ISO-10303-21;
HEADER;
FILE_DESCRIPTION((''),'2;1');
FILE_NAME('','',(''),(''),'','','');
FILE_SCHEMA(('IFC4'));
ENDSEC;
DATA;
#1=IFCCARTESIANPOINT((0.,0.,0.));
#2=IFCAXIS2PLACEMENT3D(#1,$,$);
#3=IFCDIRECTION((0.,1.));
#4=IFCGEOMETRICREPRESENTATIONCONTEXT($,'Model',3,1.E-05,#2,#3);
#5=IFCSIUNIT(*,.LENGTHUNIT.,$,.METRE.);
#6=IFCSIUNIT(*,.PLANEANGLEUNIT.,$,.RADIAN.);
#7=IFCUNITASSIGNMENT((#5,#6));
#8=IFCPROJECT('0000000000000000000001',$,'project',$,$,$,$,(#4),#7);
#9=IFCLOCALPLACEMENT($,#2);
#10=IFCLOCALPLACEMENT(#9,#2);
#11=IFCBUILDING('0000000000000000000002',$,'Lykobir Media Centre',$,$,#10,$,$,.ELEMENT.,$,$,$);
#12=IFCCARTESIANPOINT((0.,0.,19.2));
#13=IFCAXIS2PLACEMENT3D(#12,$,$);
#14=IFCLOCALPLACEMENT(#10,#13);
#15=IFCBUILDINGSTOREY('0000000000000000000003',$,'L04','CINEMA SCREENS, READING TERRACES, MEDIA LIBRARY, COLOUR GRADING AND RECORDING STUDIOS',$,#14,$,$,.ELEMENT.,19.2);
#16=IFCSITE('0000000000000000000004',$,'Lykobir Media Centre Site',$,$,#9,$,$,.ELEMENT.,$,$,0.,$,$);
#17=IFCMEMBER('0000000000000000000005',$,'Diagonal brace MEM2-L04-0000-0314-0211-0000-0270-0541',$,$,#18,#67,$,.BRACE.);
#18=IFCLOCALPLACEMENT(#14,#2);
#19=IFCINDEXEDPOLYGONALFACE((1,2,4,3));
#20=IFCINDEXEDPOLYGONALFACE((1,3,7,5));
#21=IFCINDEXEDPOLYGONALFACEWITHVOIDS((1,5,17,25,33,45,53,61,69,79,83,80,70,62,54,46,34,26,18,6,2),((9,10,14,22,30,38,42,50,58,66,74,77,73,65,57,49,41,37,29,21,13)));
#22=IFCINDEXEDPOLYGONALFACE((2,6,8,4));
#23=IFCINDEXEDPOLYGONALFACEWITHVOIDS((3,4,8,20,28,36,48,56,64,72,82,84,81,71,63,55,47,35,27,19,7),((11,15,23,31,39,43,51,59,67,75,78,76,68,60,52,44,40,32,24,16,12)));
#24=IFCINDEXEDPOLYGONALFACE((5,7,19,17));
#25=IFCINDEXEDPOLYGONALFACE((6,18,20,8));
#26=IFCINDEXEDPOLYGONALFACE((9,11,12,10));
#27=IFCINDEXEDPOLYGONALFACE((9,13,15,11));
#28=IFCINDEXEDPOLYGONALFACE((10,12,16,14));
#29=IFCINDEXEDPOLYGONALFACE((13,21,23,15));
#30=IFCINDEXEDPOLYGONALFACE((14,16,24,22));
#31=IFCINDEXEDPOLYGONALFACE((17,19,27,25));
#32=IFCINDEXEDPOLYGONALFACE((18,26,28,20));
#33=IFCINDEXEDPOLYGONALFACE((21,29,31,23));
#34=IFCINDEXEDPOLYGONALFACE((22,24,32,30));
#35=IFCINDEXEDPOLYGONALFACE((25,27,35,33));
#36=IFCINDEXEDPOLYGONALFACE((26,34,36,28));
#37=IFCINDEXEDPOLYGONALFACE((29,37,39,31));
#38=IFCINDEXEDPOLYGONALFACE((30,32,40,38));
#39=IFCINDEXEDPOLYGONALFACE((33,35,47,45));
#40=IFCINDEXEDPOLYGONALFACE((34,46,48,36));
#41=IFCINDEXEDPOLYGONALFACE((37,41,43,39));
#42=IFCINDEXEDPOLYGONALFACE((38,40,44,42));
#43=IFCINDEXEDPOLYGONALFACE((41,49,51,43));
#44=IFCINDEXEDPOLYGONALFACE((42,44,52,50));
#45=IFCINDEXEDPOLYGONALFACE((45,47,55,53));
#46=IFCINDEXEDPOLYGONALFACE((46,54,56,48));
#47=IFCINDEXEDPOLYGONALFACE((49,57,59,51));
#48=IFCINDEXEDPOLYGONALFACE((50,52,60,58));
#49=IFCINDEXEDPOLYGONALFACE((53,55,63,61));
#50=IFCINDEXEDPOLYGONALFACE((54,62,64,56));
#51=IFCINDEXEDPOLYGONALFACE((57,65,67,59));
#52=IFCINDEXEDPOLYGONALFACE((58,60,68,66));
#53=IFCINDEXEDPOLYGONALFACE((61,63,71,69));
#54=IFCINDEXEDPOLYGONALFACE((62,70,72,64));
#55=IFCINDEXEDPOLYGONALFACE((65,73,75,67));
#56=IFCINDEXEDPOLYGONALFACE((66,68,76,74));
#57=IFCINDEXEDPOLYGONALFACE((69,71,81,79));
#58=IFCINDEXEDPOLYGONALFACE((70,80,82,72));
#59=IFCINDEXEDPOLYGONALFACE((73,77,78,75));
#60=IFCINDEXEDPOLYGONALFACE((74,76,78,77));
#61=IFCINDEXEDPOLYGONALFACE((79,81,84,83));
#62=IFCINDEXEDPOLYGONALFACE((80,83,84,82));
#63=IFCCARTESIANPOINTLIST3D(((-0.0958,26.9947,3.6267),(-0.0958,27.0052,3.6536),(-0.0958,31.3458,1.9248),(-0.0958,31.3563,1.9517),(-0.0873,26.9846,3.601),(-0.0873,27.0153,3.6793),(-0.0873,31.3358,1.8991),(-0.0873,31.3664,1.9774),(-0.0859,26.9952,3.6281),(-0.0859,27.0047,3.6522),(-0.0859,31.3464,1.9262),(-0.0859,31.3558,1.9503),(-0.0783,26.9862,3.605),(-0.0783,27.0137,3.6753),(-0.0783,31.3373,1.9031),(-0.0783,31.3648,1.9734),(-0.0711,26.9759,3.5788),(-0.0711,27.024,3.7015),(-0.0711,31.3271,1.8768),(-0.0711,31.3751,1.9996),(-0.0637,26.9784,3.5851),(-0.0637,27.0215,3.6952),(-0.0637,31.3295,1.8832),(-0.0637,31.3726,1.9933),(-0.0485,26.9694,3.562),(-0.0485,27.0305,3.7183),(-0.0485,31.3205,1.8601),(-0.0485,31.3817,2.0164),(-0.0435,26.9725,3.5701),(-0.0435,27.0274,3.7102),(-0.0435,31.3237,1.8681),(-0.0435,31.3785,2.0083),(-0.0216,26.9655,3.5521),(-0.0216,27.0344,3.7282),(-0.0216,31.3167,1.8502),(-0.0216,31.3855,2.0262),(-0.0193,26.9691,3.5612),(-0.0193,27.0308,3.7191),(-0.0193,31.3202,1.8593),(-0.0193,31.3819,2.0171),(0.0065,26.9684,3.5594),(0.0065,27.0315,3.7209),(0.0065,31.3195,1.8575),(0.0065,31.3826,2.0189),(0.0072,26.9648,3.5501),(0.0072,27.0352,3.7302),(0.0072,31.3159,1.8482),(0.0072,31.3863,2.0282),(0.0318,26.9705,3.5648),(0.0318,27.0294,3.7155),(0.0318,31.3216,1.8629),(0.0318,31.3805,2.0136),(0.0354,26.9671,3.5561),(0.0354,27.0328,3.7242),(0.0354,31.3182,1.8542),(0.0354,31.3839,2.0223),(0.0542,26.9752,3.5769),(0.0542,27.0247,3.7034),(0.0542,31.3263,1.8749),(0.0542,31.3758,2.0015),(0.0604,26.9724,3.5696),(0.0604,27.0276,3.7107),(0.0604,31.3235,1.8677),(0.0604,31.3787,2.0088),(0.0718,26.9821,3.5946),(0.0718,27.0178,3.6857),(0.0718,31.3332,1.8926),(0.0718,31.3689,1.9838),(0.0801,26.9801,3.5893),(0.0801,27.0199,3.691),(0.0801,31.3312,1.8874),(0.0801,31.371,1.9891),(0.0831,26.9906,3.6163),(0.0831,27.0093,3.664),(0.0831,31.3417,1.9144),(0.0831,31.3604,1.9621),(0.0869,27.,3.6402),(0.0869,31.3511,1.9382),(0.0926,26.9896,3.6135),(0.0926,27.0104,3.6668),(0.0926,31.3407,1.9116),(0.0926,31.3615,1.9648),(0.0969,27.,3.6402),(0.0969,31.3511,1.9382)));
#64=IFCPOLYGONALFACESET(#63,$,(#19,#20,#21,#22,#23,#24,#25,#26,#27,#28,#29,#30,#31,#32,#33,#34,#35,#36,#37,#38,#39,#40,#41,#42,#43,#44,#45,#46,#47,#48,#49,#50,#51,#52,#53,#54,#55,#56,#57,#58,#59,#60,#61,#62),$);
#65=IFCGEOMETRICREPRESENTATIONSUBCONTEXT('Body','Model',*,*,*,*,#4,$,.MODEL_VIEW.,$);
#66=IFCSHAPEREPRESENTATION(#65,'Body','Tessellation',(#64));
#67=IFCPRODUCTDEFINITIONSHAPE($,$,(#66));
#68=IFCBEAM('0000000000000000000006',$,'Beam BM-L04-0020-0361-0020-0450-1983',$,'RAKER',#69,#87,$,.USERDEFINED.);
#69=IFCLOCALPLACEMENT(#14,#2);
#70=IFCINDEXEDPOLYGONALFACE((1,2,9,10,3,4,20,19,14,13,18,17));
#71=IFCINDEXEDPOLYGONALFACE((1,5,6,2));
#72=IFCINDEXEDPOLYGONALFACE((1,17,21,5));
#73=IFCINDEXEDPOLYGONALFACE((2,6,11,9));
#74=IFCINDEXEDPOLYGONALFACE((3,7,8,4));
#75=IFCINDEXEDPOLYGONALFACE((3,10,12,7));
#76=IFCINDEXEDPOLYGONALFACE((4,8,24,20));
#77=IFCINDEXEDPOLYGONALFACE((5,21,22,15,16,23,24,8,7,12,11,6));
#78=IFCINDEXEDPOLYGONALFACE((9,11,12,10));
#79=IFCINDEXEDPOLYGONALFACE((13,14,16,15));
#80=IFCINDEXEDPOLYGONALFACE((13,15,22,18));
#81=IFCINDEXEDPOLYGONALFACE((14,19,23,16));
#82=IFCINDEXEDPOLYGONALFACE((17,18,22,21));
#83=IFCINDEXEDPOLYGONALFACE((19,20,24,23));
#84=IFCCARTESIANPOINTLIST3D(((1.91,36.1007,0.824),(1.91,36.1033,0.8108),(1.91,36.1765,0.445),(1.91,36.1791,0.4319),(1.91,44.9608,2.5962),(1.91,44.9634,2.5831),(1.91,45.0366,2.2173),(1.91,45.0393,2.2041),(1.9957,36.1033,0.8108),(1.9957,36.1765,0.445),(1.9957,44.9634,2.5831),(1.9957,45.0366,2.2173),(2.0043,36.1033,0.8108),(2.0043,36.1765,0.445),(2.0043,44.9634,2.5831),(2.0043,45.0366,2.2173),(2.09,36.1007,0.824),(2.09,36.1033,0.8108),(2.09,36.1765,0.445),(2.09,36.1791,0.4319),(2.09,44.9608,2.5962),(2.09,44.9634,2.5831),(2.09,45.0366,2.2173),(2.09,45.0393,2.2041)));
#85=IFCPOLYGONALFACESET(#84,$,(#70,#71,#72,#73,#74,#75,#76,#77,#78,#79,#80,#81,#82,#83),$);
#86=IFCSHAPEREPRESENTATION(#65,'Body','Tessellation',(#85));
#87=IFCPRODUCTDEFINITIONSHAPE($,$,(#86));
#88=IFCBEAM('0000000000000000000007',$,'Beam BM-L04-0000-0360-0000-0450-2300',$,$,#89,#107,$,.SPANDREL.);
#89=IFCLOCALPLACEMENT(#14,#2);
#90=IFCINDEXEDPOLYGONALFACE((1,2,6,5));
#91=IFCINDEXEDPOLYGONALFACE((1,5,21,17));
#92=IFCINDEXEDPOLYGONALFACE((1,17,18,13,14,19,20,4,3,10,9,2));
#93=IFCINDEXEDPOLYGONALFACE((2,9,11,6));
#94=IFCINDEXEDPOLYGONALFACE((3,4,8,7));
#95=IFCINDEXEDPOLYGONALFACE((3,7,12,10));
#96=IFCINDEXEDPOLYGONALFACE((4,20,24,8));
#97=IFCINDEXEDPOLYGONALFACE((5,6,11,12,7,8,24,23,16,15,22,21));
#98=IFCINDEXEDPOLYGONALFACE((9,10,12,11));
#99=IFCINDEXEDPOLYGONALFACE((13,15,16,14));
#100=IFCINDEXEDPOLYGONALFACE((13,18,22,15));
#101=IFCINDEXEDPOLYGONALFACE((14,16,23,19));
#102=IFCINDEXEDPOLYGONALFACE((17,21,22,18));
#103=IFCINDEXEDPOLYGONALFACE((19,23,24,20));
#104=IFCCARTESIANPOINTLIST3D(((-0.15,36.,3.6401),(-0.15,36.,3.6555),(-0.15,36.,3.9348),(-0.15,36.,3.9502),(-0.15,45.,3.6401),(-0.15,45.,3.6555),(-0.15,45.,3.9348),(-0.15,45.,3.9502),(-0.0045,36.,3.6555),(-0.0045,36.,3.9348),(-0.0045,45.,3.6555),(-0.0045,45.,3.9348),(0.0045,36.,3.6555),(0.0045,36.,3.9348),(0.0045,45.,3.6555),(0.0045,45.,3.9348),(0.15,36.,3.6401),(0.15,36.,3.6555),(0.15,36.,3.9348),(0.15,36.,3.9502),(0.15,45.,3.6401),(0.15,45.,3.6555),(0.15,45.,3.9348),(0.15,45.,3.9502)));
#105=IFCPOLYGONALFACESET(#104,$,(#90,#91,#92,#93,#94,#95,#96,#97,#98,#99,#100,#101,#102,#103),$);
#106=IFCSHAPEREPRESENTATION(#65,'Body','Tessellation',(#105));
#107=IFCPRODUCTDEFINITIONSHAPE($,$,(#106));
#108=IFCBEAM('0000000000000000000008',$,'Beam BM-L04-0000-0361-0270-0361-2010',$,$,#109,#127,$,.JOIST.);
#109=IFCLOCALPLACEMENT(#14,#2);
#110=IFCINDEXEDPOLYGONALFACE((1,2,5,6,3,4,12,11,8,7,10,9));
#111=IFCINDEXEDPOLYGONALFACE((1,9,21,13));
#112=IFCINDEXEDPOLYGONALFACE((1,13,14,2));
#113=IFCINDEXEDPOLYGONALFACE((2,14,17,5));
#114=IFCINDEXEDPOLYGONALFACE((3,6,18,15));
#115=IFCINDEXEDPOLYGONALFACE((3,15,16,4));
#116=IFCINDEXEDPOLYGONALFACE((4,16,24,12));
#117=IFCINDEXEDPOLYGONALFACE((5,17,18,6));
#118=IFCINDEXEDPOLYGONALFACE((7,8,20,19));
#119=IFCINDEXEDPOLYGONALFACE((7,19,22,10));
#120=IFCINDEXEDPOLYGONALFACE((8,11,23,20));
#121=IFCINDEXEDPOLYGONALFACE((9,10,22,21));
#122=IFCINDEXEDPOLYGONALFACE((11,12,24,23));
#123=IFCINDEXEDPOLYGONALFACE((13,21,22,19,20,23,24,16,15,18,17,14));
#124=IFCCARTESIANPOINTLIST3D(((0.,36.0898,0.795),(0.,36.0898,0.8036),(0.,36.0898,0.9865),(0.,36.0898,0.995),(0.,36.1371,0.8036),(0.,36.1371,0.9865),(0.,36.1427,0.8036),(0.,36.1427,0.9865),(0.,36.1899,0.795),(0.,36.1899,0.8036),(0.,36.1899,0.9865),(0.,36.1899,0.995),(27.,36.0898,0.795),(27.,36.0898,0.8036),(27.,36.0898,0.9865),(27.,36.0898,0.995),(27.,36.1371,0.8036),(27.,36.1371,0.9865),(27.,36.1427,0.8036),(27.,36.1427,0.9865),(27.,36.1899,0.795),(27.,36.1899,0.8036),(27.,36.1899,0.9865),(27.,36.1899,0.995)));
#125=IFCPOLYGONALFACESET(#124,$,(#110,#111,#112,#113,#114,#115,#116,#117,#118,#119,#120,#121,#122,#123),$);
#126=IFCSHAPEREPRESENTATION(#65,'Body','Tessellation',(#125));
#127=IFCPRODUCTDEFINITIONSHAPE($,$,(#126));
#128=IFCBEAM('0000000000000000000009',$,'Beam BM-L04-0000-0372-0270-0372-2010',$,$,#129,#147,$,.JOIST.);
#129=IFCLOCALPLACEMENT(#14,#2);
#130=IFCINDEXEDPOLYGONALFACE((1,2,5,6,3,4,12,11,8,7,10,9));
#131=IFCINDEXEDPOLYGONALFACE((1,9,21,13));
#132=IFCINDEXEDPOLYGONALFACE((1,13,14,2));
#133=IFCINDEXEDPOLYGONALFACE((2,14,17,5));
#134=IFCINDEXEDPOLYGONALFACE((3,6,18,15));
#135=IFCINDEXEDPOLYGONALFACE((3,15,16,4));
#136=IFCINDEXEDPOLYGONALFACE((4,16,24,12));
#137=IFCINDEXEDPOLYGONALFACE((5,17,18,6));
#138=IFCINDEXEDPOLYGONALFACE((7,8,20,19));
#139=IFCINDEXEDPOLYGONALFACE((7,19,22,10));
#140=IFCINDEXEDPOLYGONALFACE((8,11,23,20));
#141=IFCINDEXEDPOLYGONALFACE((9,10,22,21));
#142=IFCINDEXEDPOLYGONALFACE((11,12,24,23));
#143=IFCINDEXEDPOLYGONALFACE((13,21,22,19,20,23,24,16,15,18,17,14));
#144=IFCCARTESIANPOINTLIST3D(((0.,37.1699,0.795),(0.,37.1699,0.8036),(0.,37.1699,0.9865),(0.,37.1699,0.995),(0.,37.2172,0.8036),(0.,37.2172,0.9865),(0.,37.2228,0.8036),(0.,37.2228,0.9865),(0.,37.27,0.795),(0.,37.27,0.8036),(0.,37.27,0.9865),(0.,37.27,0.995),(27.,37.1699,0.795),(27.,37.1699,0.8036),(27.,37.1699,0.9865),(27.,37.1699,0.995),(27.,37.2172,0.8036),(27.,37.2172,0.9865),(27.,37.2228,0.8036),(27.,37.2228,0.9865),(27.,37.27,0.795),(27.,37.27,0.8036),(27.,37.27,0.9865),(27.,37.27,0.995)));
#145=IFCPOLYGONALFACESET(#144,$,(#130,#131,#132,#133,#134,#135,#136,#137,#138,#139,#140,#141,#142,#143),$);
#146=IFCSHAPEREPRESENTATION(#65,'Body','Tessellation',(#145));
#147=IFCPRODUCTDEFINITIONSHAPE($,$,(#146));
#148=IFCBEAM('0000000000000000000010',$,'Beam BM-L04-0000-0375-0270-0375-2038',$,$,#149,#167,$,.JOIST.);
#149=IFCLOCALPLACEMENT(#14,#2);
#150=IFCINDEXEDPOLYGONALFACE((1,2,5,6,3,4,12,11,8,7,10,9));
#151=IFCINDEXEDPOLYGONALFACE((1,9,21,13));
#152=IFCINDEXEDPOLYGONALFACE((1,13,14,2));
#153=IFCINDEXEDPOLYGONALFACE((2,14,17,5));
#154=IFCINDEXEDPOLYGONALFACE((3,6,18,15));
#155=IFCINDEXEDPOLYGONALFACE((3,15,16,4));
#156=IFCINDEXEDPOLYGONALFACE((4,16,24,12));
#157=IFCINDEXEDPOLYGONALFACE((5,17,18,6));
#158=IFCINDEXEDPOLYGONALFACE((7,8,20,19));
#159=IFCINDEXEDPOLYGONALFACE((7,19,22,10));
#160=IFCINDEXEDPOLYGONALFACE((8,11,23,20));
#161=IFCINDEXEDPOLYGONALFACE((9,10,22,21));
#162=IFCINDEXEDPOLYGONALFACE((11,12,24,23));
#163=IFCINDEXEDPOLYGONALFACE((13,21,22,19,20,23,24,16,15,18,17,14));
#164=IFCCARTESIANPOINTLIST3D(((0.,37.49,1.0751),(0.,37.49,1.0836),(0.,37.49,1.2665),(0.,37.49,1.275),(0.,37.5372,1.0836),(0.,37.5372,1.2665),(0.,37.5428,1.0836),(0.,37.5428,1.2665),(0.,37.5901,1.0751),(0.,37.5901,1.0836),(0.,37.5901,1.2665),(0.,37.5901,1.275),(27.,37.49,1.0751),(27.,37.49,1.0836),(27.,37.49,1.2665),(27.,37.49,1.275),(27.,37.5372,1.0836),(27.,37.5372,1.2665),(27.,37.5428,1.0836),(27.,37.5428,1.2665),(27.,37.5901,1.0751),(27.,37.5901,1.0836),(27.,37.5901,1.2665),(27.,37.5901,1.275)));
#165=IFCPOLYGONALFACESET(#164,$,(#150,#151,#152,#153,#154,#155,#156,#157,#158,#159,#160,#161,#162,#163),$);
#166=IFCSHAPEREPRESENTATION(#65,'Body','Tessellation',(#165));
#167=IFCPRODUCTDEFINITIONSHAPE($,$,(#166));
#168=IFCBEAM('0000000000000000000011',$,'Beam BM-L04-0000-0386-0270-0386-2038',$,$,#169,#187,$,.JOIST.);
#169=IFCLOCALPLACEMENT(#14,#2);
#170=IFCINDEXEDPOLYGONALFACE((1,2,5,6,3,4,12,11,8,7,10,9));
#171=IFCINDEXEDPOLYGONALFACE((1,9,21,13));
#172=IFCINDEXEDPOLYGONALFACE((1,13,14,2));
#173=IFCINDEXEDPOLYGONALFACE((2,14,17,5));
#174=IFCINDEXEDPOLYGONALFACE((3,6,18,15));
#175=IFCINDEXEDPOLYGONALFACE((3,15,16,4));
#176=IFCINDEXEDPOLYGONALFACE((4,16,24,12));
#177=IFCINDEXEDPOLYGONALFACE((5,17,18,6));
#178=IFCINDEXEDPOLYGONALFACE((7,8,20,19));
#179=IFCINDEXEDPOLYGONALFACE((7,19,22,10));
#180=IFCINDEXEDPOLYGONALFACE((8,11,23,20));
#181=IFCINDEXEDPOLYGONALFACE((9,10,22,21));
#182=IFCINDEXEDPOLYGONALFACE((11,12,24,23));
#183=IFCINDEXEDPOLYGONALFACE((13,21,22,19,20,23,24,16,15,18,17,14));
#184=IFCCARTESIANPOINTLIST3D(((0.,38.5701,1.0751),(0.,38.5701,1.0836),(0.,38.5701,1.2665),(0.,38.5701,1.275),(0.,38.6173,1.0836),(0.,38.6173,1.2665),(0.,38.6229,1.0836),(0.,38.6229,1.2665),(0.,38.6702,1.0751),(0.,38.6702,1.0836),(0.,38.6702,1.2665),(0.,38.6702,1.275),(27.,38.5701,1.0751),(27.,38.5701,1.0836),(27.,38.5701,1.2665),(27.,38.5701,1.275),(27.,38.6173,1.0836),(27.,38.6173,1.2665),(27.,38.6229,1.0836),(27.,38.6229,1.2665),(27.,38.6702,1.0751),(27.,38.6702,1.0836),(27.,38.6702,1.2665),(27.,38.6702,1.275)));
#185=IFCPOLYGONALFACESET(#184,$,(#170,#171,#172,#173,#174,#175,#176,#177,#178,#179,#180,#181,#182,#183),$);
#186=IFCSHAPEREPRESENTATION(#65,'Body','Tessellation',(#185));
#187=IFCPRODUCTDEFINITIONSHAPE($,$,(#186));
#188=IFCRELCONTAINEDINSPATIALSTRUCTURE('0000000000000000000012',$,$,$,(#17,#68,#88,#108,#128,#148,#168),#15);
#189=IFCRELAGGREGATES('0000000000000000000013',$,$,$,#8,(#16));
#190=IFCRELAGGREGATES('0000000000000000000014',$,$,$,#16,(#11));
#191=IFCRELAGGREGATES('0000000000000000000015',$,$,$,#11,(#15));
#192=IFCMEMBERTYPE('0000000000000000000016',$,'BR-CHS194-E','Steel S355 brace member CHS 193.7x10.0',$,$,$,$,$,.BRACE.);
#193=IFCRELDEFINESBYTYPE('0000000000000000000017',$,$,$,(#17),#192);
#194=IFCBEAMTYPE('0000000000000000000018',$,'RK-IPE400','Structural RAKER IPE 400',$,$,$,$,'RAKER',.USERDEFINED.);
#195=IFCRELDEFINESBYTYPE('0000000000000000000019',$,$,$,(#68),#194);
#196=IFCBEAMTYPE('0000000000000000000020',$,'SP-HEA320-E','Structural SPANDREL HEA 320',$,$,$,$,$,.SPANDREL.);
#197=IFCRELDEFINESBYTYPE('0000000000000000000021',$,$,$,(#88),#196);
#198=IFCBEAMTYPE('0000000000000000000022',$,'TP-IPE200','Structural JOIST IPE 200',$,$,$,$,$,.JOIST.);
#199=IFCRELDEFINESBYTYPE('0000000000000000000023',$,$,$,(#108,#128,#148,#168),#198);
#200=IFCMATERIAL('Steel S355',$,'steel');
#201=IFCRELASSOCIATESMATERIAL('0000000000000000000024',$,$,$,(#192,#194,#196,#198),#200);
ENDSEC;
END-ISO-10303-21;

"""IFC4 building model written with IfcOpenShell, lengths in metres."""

from ifc_helpers import new_model, si_unit, direction, frame, origin, origin_2d, place, context, subcontext, project, spatial, hollow_circle, i_section, extrude, material, material_profile, profile_set, type_object, element, save


model = new_model("IFC4")

# Units and contexts
model_context = context("Model", 3, precision=1e-05, world=origin(), true_north=direction((0.0, 1.0)))
body_context = subcontext(model_context, "Body", "Model", "MODEL_VIEW")
ifc_project = project(units=[si_unit("LENGTHUNIT", "METRE"), si_unit("PLANEANGLEUNIT", "RADIAN")], contexts=[model_context])

# Site, building, storey
site_placement = place(None, origin())
site = spatial("IfcSite", under=ifc_project, at=site_placement, Name="Lykobir Media Centre Site", CompositionType="ELEMENT", RefElevation=0.0)
building_placement = place(site_placement, origin())
building = spatial("IfcBuilding", under=site, at=building_placement, Name="Lykobir Media Centre", CompositionType="ELEMENT")
storey_placement = place(building_placement, frame((0.0, 0.0, 19.2)))
storey = spatial("IfcBuildingStorey", under=building, at=storey_placement, Name="L04", Description="CINEMA SCREENS, READING TERRACES, MEDIA LIBRARY, COLOUR GRADING AND RECORDING STUDIOS", CompositionType="ELEMENT", Elevation=19.2)

# Shared definitions
ifc_material_1 = material(Name="Steel S355", Category="steel")

# Member
ifc_material_profile_1 = material_profile(ifc_material_1, hollow_circle(Radius=0.0969, WallThickness=0.01, at=origin_2d()), Name="CHS 193.7x10.0")
ifc_profile_set_1 = profile_set([ifc_material_profile_1], Name="Steel S355")
member_type = type_object("IfcMemberType", Name="BR-CHS194-E", Description="Steel S355 brace member CHS 193.7x10.0", PredefinedType="BRACE", material=ifc_profile_set_1)
member_1_placement = place(storey_placement, frame((0.0, 31.3511, 1.9382), z_axis=(0.0, -0.931293, 0.364271), x_axis=(1.0, 0.0, 0.0)))
element("IfcMember", 1, at=member_1_placement, inside=storey, type_object=member_type, Name="Diagonal brace MEM2-L04-0000-0314-0211-0000-0270-0541", PredefinedType="BRACE", context=body_context, shape_type="SweptSolid", body=[
    extrude(hollow_circle(Radius=0.0969, WallThickness=0.01, at=origin_2d()), origin(), (0.0, 0.0, 1.0), 4.6721),
])

# Beams
ifc_material_profile_2 = material_profile(ifc_material_1, i_section(OverallWidth=0.1799, OverallDepth=0.3999, WebThickness=0.0085, FlangeThickness=0.0134, at=origin_2d()), Name="IPE 400")
ifc_profile_set_2 = profile_set([ifc_material_profile_2], Name="Steel S355")
beam_type_1 = type_object("IfcBeamType", Name="RK-IPE400", Description="Structural RAKER IPE 400", ElementType="RAKER", PredefinedType="USERDEFINED", material=ifc_profile_set_2)
beam_1_placement = place(storey_placement, frame((2.0, 36.1399, 0.6279), z_axis=(0.0, 0.980577, 0.196137), x_axis=(-1.0, 0.0, 0.0)))
element("IfcBeam", 2, at=beam_1_placement, inside=storey, type_object=beam_type_1, Name="Beam BM-L04-0020-0361-0020-0450-1983", ObjectType="RAKER", PredefinedType="USERDEFINED", context=body_context, shape_type="SweptSolid", body=[
    extrude(i_section(OverallWidth=0.1799, OverallDepth=0.3999, WebThickness=0.0085, FlangeThickness=0.0134, at=origin_2d()), origin(), (0.0, 0.0, 1.0), 9.0356),
])
ifc_material_profile_3 = material_profile(ifc_material_1, i_section(OverallWidth=0.3, OverallDepth=0.3101, WebThickness=0.009, FlangeThickness=0.0154, at=origin_2d()), Name="HEA 320")
ifc_profile_set_3 = profile_set([ifc_material_profile_3], Name="Steel S355")
beam_type_2 = type_object("IfcBeamType", Name="SP-HEA320-E", Description="Structural SPANDREL HEA 320", PredefinedType="SPANDREL", material=ifc_profile_set_3)
beam_2_placement = place(storey_placement, frame((0.0, 36.0, 3.7952), z_axis=(0.0, 1.0, 0.0), x_axis=(-1.0, 0.0, 0.0)))
element("IfcBeam", 3, at=beam_2_placement, inside=storey, type_object=beam_type_2, Name="Beam BM-L04-0000-0360-0000-0450-2300", PredefinedType="SPANDREL", context=body_context, shape_type="SweptSolid", body=[
    extrude(i_section(OverallWidth=0.3, OverallDepth=0.3101, WebThickness=0.009, FlangeThickness=0.0154, at=origin_2d()), origin(), (0.0, 0.0, 1.0), 9.0),
])
ifc_material_profile_4 = material_profile(ifc_material_1, i_section(OverallWidth=0.1001, OverallDepth=0.2, WebThickness=0.0056, FlangeThickness=0.0085, at=origin_2d()), Name="IPE 200")
ifc_profile_set_4 = profile_set([ifc_material_profile_4], Name="Steel S355")
beam_type_3 = type_object("IfcBeamType", Name="TP-IPE200", Description="Structural JOIST IPE 200", PredefinedType="JOIST", material=ifc_profile_set_4)
for number, where, z_axis, x_axis, name in (
    (4, (0.0, 36.1399, 0.895), (1.0, 0.0, 0.0), (0.0, 1.0, 0.0), "Beam BM-L04-0000-0361-0270-0361-2010"),
    (5, (0.0, 37.22, 0.895), (1.0, 0.0, 0.0), (0.0, 1.0, 0.0), "Beam BM-L04-0000-0372-0270-0372-2010"),
    (6, (0.0, 37.54, 1.175), (1.0, 0.0, 0.0), (0.0, 1.0, 0.0), "Beam BM-L04-0000-0375-0270-0375-2038"),
    (7, (0.0, 38.6201, 1.175), (1.0, 0.0, 0.0), (0.0, 1.0, 0.0), "Beam BM-L04-0000-0386-0270-0386-2038"),
):
    element("IfcBeam", number, at=place(storey_placement, frame(where, z_axis=z_axis, x_axis=x_axis)), inside=storey, type_object=beam_type_3, Name=name, PredefinedType="JOIST", context=body_context, shape_type="SweptSolid", body=[
        extrude(i_section(OverallWidth=0.1001, OverallDepth=0.2, WebThickness=0.0056, FlangeThickness=0.0085, at=origin_2d()), origin(), (0.0, 0.0, 1.0), 27.0),
    ])

save(model, "model.ifc")
